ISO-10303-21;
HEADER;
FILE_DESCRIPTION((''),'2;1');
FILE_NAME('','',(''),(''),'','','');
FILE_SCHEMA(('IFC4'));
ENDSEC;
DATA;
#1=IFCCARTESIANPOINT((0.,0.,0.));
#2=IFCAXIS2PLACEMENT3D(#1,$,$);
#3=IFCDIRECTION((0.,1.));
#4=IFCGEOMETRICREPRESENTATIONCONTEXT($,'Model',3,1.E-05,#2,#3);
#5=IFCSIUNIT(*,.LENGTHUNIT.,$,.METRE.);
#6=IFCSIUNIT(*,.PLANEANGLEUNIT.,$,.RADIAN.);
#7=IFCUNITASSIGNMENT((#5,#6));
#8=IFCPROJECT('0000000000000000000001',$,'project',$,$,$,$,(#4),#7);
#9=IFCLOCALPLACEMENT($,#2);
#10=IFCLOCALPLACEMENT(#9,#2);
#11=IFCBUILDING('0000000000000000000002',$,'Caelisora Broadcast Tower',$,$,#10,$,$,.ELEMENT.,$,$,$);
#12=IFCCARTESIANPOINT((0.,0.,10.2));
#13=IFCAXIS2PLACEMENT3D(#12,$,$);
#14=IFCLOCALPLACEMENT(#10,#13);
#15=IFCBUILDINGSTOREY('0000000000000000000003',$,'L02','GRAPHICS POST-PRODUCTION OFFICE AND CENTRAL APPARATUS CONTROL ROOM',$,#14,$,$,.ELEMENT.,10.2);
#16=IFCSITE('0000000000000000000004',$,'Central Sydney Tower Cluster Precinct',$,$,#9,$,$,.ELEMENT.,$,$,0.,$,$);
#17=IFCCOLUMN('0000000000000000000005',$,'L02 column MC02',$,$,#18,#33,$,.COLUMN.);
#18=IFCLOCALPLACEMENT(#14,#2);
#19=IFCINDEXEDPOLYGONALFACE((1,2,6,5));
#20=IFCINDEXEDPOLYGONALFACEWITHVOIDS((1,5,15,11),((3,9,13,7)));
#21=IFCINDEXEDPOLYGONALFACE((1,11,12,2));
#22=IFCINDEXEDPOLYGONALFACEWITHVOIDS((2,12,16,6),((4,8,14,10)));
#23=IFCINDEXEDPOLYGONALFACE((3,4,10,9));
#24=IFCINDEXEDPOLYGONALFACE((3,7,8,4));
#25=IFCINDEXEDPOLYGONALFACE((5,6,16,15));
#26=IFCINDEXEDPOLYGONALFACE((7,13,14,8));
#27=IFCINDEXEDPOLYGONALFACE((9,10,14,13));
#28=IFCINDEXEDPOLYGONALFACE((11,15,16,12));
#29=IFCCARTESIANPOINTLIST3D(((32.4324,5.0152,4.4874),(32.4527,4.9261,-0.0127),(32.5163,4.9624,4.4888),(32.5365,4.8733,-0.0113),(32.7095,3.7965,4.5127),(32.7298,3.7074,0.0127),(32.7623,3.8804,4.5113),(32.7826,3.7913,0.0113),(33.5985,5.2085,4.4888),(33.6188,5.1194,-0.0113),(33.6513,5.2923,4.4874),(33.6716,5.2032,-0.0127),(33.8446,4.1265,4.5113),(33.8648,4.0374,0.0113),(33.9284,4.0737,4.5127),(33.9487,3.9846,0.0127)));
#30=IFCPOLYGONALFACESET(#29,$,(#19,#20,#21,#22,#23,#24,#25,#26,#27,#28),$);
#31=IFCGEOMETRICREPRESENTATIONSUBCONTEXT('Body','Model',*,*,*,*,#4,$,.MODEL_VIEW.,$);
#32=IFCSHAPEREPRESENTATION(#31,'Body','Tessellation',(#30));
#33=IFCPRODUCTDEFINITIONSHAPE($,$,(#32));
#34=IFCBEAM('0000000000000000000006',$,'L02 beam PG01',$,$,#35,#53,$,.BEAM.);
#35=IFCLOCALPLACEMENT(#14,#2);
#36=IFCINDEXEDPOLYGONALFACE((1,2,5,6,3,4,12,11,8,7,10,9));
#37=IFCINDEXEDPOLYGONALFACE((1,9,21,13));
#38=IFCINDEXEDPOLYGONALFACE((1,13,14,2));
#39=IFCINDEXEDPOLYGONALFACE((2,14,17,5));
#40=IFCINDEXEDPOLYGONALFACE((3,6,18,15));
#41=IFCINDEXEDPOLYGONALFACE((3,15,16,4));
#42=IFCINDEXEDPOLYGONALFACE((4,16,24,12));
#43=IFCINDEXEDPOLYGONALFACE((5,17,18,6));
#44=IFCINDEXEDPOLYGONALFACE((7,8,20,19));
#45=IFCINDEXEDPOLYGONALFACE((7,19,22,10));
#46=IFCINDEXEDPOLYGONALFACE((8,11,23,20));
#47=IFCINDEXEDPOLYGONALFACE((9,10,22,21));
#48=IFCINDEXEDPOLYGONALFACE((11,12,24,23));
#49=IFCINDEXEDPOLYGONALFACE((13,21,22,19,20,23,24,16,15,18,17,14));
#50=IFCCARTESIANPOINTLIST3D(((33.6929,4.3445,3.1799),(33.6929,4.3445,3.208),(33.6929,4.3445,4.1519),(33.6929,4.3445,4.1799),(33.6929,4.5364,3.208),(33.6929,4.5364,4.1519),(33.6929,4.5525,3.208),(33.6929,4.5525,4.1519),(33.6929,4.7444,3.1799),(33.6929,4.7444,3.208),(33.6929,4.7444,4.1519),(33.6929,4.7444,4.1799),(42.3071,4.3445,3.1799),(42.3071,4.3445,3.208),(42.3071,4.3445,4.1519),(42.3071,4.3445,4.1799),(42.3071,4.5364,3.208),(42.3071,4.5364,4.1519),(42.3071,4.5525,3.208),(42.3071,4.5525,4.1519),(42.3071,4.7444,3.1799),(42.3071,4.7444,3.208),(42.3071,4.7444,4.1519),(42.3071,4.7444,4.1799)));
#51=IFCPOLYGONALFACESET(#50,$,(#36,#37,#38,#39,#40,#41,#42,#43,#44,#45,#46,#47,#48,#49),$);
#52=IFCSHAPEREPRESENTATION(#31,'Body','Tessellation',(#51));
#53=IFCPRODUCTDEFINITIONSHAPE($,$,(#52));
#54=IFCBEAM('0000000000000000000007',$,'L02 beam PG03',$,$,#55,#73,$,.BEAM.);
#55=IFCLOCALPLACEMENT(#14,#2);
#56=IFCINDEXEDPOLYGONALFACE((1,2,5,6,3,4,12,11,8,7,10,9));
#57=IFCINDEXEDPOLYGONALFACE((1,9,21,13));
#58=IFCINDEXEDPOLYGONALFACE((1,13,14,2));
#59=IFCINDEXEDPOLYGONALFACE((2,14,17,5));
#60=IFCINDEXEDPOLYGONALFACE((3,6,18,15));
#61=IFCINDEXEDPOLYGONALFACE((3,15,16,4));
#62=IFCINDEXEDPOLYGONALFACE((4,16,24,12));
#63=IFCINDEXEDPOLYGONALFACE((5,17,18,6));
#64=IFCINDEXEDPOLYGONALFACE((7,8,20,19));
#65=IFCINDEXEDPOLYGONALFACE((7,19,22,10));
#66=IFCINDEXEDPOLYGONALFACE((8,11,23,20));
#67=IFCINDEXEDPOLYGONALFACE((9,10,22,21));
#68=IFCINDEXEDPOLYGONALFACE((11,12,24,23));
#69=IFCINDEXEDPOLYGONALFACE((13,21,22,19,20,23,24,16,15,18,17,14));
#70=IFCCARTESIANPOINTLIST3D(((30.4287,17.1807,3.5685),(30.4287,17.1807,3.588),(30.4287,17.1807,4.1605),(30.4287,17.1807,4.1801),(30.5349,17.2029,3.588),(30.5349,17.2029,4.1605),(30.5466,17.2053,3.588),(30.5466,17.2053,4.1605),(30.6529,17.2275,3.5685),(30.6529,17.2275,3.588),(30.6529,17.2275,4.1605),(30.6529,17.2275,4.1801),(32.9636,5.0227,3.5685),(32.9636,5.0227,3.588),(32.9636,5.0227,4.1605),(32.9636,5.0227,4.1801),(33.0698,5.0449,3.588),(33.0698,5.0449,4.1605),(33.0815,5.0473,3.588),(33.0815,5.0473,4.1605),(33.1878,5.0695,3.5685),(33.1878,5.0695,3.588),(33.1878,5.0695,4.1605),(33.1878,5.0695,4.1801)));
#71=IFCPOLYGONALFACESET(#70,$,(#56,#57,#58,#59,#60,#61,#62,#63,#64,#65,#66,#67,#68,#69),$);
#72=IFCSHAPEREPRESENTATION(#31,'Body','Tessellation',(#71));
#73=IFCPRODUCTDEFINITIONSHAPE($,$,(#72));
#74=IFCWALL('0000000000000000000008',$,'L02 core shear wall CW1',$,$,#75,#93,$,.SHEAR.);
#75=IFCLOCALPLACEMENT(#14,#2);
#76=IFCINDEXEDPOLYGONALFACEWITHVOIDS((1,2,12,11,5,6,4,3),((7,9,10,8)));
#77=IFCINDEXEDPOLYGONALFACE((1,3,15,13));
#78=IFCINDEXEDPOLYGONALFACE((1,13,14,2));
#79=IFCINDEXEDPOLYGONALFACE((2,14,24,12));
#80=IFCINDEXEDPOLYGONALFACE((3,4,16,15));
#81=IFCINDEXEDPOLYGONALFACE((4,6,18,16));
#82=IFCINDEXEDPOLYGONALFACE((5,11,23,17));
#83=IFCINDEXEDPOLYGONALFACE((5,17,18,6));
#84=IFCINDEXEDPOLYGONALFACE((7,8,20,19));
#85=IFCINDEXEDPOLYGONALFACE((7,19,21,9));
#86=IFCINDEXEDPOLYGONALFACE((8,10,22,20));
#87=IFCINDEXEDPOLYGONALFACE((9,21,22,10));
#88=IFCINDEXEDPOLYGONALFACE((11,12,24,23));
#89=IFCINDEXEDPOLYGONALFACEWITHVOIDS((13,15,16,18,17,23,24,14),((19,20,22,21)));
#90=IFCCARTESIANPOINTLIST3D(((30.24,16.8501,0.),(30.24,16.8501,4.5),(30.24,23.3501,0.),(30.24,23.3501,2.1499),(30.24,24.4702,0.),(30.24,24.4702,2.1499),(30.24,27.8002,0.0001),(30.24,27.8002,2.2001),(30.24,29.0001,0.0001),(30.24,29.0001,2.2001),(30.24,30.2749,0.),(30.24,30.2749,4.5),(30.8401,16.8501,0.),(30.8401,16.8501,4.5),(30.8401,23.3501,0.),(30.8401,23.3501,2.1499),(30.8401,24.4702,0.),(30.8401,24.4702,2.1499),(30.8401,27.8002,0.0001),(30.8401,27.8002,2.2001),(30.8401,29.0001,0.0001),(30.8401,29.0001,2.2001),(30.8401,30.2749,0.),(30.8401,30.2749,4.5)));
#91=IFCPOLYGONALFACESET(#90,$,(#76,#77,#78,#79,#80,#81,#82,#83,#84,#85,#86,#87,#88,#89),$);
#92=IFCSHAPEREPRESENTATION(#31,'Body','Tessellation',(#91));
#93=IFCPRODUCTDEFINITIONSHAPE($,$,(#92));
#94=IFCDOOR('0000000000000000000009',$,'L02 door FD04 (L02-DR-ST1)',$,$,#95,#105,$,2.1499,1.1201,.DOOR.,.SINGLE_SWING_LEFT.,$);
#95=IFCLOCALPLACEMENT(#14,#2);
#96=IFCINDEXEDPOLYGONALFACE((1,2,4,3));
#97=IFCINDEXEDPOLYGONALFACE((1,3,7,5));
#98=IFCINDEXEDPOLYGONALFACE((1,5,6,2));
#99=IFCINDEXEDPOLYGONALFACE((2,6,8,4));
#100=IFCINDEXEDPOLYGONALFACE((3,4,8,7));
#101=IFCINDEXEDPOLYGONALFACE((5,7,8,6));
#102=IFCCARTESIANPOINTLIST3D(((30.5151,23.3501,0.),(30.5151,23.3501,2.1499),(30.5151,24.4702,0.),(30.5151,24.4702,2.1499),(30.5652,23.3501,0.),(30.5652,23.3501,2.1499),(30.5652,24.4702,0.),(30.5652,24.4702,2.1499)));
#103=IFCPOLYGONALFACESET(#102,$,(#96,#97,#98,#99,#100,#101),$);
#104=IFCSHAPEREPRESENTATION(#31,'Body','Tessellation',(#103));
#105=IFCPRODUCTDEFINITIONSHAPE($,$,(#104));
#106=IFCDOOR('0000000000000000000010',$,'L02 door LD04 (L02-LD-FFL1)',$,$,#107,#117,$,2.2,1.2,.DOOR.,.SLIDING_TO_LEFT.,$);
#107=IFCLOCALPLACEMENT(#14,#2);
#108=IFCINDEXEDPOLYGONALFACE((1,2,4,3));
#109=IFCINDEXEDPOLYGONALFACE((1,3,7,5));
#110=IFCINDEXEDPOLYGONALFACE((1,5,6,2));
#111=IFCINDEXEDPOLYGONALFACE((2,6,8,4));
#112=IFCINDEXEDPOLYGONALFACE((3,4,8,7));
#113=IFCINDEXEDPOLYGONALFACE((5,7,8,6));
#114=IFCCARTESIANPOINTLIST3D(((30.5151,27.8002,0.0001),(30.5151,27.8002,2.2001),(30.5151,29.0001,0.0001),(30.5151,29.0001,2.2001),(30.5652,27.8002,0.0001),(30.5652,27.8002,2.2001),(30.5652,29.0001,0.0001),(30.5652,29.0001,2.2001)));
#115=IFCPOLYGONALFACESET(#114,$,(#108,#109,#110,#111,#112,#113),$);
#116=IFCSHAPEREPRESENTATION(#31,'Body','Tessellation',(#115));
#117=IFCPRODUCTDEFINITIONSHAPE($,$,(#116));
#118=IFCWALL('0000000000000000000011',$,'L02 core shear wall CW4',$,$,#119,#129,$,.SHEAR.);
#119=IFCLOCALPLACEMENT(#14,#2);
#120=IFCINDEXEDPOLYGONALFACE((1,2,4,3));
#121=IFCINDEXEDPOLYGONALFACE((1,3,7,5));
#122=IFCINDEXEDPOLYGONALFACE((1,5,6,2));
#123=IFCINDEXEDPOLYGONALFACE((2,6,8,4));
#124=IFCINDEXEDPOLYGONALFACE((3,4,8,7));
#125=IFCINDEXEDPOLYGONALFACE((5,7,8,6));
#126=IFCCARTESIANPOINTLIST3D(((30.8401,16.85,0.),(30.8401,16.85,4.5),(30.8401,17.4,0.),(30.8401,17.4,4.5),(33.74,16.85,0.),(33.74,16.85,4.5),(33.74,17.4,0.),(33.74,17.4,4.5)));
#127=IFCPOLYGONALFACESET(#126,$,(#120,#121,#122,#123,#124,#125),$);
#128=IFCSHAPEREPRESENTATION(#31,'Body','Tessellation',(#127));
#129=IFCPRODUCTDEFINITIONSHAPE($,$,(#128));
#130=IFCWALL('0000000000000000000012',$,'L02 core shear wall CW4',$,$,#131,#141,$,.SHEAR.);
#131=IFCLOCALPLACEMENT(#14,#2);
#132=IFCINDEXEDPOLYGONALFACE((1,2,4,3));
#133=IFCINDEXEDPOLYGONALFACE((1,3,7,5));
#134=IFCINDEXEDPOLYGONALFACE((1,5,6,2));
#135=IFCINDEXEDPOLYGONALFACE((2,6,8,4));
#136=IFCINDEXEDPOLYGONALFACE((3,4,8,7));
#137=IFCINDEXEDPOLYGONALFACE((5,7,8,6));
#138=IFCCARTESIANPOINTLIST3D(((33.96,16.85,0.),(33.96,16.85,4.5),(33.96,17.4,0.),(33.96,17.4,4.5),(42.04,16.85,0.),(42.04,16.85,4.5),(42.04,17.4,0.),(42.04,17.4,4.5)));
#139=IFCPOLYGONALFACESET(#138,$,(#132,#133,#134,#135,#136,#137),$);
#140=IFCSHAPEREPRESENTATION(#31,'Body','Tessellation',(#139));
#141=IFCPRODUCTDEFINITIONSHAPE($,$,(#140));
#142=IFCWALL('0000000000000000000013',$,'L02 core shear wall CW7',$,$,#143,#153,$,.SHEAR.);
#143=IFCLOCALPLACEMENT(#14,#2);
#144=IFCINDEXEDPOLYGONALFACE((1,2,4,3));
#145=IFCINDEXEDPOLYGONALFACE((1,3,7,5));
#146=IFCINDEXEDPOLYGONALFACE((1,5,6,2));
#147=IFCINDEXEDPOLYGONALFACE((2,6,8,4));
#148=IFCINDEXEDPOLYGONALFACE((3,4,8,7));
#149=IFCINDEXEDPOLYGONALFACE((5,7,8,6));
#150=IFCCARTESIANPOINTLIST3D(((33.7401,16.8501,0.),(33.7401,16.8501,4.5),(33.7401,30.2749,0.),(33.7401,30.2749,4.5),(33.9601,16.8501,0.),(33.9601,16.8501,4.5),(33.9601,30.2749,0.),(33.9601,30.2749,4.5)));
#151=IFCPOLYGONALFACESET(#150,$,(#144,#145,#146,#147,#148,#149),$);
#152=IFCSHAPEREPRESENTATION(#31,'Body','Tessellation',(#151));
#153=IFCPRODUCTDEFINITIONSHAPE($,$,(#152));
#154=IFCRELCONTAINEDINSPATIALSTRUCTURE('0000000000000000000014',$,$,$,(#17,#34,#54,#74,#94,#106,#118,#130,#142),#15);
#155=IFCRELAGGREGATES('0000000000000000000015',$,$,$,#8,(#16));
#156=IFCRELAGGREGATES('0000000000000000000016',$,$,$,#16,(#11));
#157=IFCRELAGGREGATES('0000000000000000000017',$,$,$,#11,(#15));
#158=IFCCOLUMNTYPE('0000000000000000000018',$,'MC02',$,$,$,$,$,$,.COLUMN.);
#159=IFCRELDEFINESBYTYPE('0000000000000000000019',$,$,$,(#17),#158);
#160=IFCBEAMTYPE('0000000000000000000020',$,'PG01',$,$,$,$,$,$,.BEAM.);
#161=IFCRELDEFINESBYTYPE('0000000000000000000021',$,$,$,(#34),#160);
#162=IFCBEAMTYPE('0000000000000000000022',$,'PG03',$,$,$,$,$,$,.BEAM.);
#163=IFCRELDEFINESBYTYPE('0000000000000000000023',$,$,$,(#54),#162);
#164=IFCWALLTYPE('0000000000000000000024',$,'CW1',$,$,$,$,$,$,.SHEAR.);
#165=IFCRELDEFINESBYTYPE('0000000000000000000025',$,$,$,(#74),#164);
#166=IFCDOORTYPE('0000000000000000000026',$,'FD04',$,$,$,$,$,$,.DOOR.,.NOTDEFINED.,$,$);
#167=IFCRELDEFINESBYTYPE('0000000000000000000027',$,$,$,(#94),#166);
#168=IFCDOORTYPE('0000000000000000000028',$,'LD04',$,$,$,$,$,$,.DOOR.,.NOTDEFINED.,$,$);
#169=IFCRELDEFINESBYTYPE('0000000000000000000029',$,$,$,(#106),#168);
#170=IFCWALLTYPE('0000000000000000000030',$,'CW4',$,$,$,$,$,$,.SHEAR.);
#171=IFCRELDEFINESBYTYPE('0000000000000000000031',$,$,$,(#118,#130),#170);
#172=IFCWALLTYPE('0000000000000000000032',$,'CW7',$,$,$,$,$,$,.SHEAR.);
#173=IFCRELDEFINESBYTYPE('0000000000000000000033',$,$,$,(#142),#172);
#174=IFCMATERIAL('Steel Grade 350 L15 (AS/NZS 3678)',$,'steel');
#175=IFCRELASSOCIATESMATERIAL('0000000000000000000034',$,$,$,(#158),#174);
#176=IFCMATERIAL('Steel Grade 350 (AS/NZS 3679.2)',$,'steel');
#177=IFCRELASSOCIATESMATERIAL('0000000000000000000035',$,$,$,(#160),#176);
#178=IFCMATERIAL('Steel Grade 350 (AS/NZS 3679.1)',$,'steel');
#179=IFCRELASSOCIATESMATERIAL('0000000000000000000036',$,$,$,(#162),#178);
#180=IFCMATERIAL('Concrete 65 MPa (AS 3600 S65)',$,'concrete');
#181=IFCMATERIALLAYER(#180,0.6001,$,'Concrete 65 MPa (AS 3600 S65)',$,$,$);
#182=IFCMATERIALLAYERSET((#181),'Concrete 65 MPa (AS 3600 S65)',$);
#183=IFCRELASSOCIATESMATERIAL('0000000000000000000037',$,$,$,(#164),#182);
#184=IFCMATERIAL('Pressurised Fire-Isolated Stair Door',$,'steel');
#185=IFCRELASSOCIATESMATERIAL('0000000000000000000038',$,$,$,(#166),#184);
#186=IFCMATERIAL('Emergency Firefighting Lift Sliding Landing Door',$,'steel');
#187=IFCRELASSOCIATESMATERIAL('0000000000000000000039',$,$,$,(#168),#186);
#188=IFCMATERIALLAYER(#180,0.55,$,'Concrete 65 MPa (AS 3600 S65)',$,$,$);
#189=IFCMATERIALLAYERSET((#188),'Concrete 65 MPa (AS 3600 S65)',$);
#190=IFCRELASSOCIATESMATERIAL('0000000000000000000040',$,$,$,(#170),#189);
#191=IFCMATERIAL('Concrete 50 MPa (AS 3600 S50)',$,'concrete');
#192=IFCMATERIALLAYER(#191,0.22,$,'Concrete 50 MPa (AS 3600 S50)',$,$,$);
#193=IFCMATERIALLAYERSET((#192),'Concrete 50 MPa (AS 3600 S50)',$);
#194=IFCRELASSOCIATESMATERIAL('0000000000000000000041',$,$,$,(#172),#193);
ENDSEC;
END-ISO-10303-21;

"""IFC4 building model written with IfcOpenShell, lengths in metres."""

from ifc_helpers import new_model, si_unit, direction, frame, frame_2d, origin, origin_2d, place, context, subcontext, project, spatial, rectangle, hollow_rectangle, i_section, extrude, source, transform, mapped, material, layer, layer_set, material_profile, profile_set, type_object, type_shapes, element, fill, save


model = new_model("IFC4")

# Units and contexts
model_context = context("Model", 3, precision=1e-05, world=origin(), true_north=direction((0.0, 1.0)))
body_context = subcontext(model_context, "Body", "Model", "MODEL_VIEW")
ifc_project = project(units=[si_unit("LENGTHUNIT", "METRE"), si_unit("PLANEANGLEUNIT", "RADIAN")], contexts=[model_context])

# Site, building, storey
site_placement = place(None, origin())
site = spatial("IfcSite", under=ifc_project, at=site_placement, Name="Central Sydney Tower Cluster Precinct", CompositionType="ELEMENT", RefElevation=0.0)
building_placement = place(site_placement, origin())
building = spatial("IfcBuilding", under=site, at=building_placement, Name="Caelisora Broadcast Tower", CompositionType="ELEMENT")
storey_placement = place(building_placement, frame((0.0, 0.0, 10.2)))
storey = spatial("IfcBuildingStorey", under=building, at=storey_placement, Name="L02", Description="GRAPHICS POST-PRODUCTION OFFICE AND CENTRAL APPARATUS CONTROL ROOM", CompositionType="ELEMENT", Elevation=10.2)

# Column
ifc_material_1 = material(Name="Steel Grade 350 L15 (AS/NZS 3678)", Category="steel")
ifc_material_profile_1 = material_profile(ifc_material_1, hollow_rectangle(XDim=1.25, YDim=1.25, WallThickness=0.0701, at=origin_2d()), Name="Steel Grade 350 L15 (AS/NZS 3678)")
ifc_profile_set_1 = profile_set([ifc_material_profile_1], Name="Steel Grade 350 L15 (AS/NZS 3678)")
column_type = type_object("IfcColumnType", Name="MC02", PredefinedType="COLUMN", material=ifc_profile_set_1)
shared_shape_1 = source(origin(), body_context, "Body", "SweptSolid", [
    extrude(hollow_rectangle(XDim=1.25, YDim=1.25, WallThickness=0.0701, at=origin_2d()), origin(), (0.0, 0.0, 1.0), 4.501),
])
type_shapes(column_type, [shared_shape_1])
column_placement = place(storey_placement, frame((33.2007, 4.4553, 0.0), z_axis=(-0.004502, 0.019798, 0.999794), x_axis=(-0.975107, -0.221737, 0.0)))
element("IfcColumn", 1, at=column_placement, inside=storey, type_object=column_type, Name="L02 column MC02", PredefinedType="COLUMN", context=body_context, shape_type="MappedRepresentation", body=[
    mapped(shared_shape_1, transform((0.0, 0.0, 0.0), scale=1.0)),
])

# Beams
ifc_material_2 = material(Name="Steel Grade 350 (AS/NZS 3679.2)", Category="steel")
ifc_material_profile_2 = material_profile(ifc_material_2, i_section(OverallWidth=0.3999, OverallDepth=1.0, WebThickness=0.0161, FlangeThickness=0.0281, at=origin_2d()), Name="Steel Grade 350 (AS/NZS 3679.2)")
ifc_profile_set_2 = profile_set([ifc_material_profile_2], Name="Steel Grade 350 (AS/NZS 3679.2)")
beam_type_1 = type_object("IfcBeamType", Name="PG01", PredefinedType="BEAM", material=ifc_profile_set_2)
shared_shape_2 = source(origin(), body_context, "Body", "SweptSolid", [
    extrude(i_section(OverallWidth=0.3999, OverallDepth=1.0, WebThickness=0.0161, FlangeThickness=0.0281, at=origin_2d()), origin(), (0.0, 0.0, 1.0), 8.6143),
])
type_shapes(beam_type_1, [shared_shape_2])
beam_1_placement = place(storey_placement, frame((33.6929, 4.5444, 3.6799), z_axis=(1.0, 0.0, 0.0), x_axis=(0.0, 1.0, 0.0)))
element("IfcBeam", 2, at=beam_1_placement, inside=storey, type_object=beam_type_1, Name="L02 beam PG01", PredefinedType="BEAM", context=body_context, shape_type="MappedRepresentation", body=[
    mapped(shared_shape_2, transform((0.0, 0.0, 0.0), scale=1.0)),
])
ifc_material_3 = material(Name="Steel Grade 350 (AS/NZS 3679.1)", Category="steel")
ifc_material_profile_3 = material_profile(ifc_material_3, i_section(OverallWidth=0.229, OverallDepth=0.6116, WebThickness=0.012, FlangeThickness=0.0195, at=origin_2d()), Name="Steel Grade 350 (AS/NZS 3679.1)")
ifc_profile_set_3 = profile_set([ifc_material_profile_3], Name="Steel Grade 350 (AS/NZS 3679.1)")
beam_type_2 = type_object("IfcBeamType", Name="PG03", PredefinedType="BEAM", material=ifc_profile_set_3)
shared_shape_3 = source(origin(), body_context, "Body", "SweptSolid", [
    extrude(i_section(OverallWidth=0.229, OverallDepth=0.6116, WebThickness=0.012, FlangeThickness=0.0195, at=origin_2d()), origin(), (0.0, 0.0, 1.0), 12.4194),
])
type_shapes(beam_type_2, [shared_shape_3])
beam_2_placement = place(storey_placement, frame((30.5408, 17.2041, 3.8743), z_axis=(0.204109, -0.978948, 0.0), x_axis=(0.978948, 0.204109, 0.0)))
element("IfcBeam", 3, at=beam_2_placement, inside=storey, type_object=beam_type_2, Name="L02 beam PG03", PredefinedType="BEAM", context=body_context, shape_type="MappedRepresentation", body=[
    mapped(shared_shape_3, transform((0.0, 0.0, 0.0), scale=1.0)),
])

# Wall, openings, doors
ifc_material_4 = material(Name="Concrete 65 MPa (AS 3600 S65)", Category="concrete")
ifc_layer_1 = layer(ifc_material_4, 0.6001, Name="Concrete 65 MPa (AS 3600 S65)")
ifc_layer_set_1 = layer_set([ifc_layer_1], Name="Concrete 65 MPa (AS 3600 S65)")
wall_type_1 = type_object("IfcWallType", Name="CW1", PredefinedType="SHEAR", material=ifc_layer_set_1)
wall_1_placement = place(storey_placement, frame((30.54, 16.8501, 0.0), z_axis=(0.0, 0.0, 1.0), x_axis=(0.0, 1.0, 0.0)))
wall_1 = element("IfcWall", 4, at=wall_1_placement, inside=storey, type_object=wall_type_1, Name="L02 core shear wall CW1", PredefinedType="SHEAR", context=body_context, shape_type="SweptSolid", body=[
    extrude(rectangle(XDim=13.4248, YDim=0.6001, at=frame_2d((6.7124, 0.0))), origin(), (0.0, 0.0, 1.0), 4.5),
])
opening_1_placement = place(wall_1_placement, frame((6.5, 0.0, 0.0)))
opening_1 = element("IfcOpeningElement", 5, at=opening_1_placement, cuts=wall_1, PredefinedType="OPENING", context=body_context, shape_type="SweptSolid", body=[
    extrude(rectangle(XDim=1.1201, YDim=2.1499, at=frame_2d((0.5601, 1.075))), frame((0.0, 0.312, 0.0), z_axis=(0.0, -1.0, 0.0), x_axis=(1.0, 0.0, 0.0)), (0.0, 0.0, 1.0), 0.624),
])
opening_2_placement = place(wall_1_placement, frame((10.95, 0.0, 0.0)))
opening_2 = element("IfcOpeningElement", 6, at=opening_2_placement, cuts=wall_1, PredefinedType="OPENING", context=body_context, shape_type="SweptSolid", body=[
    extrude(rectangle(XDim=1.2, YDim=2.2, at=frame_2d((0.6001, 1.1001))), frame((0.0, 0.312, 0.0), z_axis=(0.0, -1.0, 0.0), x_axis=(1.0, 0.0, 0.0)), (0.0, 0.0, 1.0), 0.624),
])
ifc_material_5 = material(Name="Pressurised Fire-Isolated Stair Door", Category="steel")
door_type_1 = type_object("IfcDoorType", Name="FD04", OperationType="NOTDEFINED", PredefinedType="DOOR", material=ifc_material_5)
door_1_placement = place(opening_1_placement, origin())
door_1 = element("IfcDoor", 7, at=door_1_placement, inside=storey, type_object=door_type_1, Name="L02 door FD04 (L02-DR-ST1)", OperationType="SINGLE_SWING_LEFT", OverallHeight=2.1499, OverallWidth=1.1201, PredefinedType="DOOR", context=body_context, shape_type="SweptSolid", body=[
    extrude(rectangle(XDim=1.1201, YDim=2.1499, at=frame_2d((0.5601, 1.075))), frame((0.0, 0.0249, 0.0), z_axis=(0.0, -1.0, 0.0), x_axis=(1.0, 0.0, 0.0)), (0.0, 0.0, 1.0), 0.05),
])
fill(opening_1, door_1)
ifc_material_6 = material(Name="Emergency Firefighting Lift Sliding Landing Door", Category="steel")
door_type_2 = type_object("IfcDoorType", Name="LD04", OperationType="NOTDEFINED", PredefinedType="DOOR", material=ifc_material_6)
door_2_placement = place(opening_2_placement, origin())
door_2 = element("IfcDoor", 8, at=door_2_placement, inside=storey, type_object=door_type_2, Name="L02 door LD04 (L02-LD-FFL1)", OperationType="SLIDING_TO_LEFT", OverallHeight=2.2, OverallWidth=1.2, PredefinedType="DOOR", context=body_context, shape_type="SweptSolid", body=[
    extrude(rectangle(XDim=1.2, YDim=2.2, at=frame_2d((0.6001, 1.1001))), frame((0.0, 0.0249, 0.0), z_axis=(0.0, -1.0, 0.0), x_axis=(1.0, 0.0, 0.0)), (0.0, 0.0, 1.0), 0.05),
])
fill(opening_2, door_2)

# Walls
ifc_layer_2 = layer(ifc_material_4, 0.55, Name="Concrete 65 MPa (AS 3600 S65)")
ifc_layer_set_2 = layer_set([ifc_layer_2], Name="Concrete 65 MPa (AS 3600 S65)")
wall_type_2 = type_object("IfcWallType", Name="CW4", PredefinedType="SHEAR", material=ifc_layer_set_2)
wall_2_placement = place(storey_placement, frame((30.8401, 17.125, 0.0), z_axis=(0.0, 0.0, 1.0), x_axis=(1.0, 0.0, 0.0)))
element("IfcWall", 9, at=wall_2_placement, inside=storey, type_object=wall_type_2, Name="L02 core shear wall CW4", PredefinedType="SHEAR", context=body_context, shape_type="SweptSolid", body=[
    extrude(rectangle(XDim=2.8999, YDim=0.55, at=frame_2d((1.45, 0.0))), origin(), (0.0, 0.0, 1.0), 4.5),
])
wall_3_placement = place(storey_placement, frame((33.96, 17.125, 0.0), z_axis=(0.0, 0.0, 1.0), x_axis=(1.0, 0.0, 0.0)))
element("IfcWall", 10, at=wall_3_placement, inside=storey, type_object=wall_type_2, Name="L02 core shear wall CW4", PredefinedType="SHEAR", context=body_context, shape_type="SweptSolid", body=[
    extrude(rectangle(XDim=8.0801, YDim=0.55, at=frame_2d((4.04, 0.0))), origin(), (0.0, 0.0, 1.0), 4.5),
])
ifc_material_7 = material(Name="Concrete 50 MPa (AS 3600 S50)", Category="concrete")
ifc_layer_3 = layer(ifc_material_7, 0.22, Name="Concrete 50 MPa (AS 3600 S50)")
ifc_layer_set_3 = layer_set([ifc_layer_3], Name="Concrete 50 MPa (AS 3600 S50)")
wall_type_3 = type_object("IfcWallType", Name="CW7", PredefinedType="SHEAR", material=ifc_layer_set_3)
wall_4_placement = place(storey_placement, frame((33.8501, 16.8501, 0.0), z_axis=(0.0, 0.0, 1.0), x_axis=(0.0, 1.0, 0.0)))
element("IfcWall", 11, at=wall_4_placement, inside=storey, type_object=wall_type_3, Name="L02 core shear wall CW7", PredefinedType="SHEAR", context=body_context, shape_type="SweptSolid", body=[
    extrude(rectangle(XDim=13.4248, YDim=0.22, at=frame_2d((6.7124, 0.0))), origin(), (0.0, 0.0, 1.0), 4.5),
])

save(model, "model.ifc")
